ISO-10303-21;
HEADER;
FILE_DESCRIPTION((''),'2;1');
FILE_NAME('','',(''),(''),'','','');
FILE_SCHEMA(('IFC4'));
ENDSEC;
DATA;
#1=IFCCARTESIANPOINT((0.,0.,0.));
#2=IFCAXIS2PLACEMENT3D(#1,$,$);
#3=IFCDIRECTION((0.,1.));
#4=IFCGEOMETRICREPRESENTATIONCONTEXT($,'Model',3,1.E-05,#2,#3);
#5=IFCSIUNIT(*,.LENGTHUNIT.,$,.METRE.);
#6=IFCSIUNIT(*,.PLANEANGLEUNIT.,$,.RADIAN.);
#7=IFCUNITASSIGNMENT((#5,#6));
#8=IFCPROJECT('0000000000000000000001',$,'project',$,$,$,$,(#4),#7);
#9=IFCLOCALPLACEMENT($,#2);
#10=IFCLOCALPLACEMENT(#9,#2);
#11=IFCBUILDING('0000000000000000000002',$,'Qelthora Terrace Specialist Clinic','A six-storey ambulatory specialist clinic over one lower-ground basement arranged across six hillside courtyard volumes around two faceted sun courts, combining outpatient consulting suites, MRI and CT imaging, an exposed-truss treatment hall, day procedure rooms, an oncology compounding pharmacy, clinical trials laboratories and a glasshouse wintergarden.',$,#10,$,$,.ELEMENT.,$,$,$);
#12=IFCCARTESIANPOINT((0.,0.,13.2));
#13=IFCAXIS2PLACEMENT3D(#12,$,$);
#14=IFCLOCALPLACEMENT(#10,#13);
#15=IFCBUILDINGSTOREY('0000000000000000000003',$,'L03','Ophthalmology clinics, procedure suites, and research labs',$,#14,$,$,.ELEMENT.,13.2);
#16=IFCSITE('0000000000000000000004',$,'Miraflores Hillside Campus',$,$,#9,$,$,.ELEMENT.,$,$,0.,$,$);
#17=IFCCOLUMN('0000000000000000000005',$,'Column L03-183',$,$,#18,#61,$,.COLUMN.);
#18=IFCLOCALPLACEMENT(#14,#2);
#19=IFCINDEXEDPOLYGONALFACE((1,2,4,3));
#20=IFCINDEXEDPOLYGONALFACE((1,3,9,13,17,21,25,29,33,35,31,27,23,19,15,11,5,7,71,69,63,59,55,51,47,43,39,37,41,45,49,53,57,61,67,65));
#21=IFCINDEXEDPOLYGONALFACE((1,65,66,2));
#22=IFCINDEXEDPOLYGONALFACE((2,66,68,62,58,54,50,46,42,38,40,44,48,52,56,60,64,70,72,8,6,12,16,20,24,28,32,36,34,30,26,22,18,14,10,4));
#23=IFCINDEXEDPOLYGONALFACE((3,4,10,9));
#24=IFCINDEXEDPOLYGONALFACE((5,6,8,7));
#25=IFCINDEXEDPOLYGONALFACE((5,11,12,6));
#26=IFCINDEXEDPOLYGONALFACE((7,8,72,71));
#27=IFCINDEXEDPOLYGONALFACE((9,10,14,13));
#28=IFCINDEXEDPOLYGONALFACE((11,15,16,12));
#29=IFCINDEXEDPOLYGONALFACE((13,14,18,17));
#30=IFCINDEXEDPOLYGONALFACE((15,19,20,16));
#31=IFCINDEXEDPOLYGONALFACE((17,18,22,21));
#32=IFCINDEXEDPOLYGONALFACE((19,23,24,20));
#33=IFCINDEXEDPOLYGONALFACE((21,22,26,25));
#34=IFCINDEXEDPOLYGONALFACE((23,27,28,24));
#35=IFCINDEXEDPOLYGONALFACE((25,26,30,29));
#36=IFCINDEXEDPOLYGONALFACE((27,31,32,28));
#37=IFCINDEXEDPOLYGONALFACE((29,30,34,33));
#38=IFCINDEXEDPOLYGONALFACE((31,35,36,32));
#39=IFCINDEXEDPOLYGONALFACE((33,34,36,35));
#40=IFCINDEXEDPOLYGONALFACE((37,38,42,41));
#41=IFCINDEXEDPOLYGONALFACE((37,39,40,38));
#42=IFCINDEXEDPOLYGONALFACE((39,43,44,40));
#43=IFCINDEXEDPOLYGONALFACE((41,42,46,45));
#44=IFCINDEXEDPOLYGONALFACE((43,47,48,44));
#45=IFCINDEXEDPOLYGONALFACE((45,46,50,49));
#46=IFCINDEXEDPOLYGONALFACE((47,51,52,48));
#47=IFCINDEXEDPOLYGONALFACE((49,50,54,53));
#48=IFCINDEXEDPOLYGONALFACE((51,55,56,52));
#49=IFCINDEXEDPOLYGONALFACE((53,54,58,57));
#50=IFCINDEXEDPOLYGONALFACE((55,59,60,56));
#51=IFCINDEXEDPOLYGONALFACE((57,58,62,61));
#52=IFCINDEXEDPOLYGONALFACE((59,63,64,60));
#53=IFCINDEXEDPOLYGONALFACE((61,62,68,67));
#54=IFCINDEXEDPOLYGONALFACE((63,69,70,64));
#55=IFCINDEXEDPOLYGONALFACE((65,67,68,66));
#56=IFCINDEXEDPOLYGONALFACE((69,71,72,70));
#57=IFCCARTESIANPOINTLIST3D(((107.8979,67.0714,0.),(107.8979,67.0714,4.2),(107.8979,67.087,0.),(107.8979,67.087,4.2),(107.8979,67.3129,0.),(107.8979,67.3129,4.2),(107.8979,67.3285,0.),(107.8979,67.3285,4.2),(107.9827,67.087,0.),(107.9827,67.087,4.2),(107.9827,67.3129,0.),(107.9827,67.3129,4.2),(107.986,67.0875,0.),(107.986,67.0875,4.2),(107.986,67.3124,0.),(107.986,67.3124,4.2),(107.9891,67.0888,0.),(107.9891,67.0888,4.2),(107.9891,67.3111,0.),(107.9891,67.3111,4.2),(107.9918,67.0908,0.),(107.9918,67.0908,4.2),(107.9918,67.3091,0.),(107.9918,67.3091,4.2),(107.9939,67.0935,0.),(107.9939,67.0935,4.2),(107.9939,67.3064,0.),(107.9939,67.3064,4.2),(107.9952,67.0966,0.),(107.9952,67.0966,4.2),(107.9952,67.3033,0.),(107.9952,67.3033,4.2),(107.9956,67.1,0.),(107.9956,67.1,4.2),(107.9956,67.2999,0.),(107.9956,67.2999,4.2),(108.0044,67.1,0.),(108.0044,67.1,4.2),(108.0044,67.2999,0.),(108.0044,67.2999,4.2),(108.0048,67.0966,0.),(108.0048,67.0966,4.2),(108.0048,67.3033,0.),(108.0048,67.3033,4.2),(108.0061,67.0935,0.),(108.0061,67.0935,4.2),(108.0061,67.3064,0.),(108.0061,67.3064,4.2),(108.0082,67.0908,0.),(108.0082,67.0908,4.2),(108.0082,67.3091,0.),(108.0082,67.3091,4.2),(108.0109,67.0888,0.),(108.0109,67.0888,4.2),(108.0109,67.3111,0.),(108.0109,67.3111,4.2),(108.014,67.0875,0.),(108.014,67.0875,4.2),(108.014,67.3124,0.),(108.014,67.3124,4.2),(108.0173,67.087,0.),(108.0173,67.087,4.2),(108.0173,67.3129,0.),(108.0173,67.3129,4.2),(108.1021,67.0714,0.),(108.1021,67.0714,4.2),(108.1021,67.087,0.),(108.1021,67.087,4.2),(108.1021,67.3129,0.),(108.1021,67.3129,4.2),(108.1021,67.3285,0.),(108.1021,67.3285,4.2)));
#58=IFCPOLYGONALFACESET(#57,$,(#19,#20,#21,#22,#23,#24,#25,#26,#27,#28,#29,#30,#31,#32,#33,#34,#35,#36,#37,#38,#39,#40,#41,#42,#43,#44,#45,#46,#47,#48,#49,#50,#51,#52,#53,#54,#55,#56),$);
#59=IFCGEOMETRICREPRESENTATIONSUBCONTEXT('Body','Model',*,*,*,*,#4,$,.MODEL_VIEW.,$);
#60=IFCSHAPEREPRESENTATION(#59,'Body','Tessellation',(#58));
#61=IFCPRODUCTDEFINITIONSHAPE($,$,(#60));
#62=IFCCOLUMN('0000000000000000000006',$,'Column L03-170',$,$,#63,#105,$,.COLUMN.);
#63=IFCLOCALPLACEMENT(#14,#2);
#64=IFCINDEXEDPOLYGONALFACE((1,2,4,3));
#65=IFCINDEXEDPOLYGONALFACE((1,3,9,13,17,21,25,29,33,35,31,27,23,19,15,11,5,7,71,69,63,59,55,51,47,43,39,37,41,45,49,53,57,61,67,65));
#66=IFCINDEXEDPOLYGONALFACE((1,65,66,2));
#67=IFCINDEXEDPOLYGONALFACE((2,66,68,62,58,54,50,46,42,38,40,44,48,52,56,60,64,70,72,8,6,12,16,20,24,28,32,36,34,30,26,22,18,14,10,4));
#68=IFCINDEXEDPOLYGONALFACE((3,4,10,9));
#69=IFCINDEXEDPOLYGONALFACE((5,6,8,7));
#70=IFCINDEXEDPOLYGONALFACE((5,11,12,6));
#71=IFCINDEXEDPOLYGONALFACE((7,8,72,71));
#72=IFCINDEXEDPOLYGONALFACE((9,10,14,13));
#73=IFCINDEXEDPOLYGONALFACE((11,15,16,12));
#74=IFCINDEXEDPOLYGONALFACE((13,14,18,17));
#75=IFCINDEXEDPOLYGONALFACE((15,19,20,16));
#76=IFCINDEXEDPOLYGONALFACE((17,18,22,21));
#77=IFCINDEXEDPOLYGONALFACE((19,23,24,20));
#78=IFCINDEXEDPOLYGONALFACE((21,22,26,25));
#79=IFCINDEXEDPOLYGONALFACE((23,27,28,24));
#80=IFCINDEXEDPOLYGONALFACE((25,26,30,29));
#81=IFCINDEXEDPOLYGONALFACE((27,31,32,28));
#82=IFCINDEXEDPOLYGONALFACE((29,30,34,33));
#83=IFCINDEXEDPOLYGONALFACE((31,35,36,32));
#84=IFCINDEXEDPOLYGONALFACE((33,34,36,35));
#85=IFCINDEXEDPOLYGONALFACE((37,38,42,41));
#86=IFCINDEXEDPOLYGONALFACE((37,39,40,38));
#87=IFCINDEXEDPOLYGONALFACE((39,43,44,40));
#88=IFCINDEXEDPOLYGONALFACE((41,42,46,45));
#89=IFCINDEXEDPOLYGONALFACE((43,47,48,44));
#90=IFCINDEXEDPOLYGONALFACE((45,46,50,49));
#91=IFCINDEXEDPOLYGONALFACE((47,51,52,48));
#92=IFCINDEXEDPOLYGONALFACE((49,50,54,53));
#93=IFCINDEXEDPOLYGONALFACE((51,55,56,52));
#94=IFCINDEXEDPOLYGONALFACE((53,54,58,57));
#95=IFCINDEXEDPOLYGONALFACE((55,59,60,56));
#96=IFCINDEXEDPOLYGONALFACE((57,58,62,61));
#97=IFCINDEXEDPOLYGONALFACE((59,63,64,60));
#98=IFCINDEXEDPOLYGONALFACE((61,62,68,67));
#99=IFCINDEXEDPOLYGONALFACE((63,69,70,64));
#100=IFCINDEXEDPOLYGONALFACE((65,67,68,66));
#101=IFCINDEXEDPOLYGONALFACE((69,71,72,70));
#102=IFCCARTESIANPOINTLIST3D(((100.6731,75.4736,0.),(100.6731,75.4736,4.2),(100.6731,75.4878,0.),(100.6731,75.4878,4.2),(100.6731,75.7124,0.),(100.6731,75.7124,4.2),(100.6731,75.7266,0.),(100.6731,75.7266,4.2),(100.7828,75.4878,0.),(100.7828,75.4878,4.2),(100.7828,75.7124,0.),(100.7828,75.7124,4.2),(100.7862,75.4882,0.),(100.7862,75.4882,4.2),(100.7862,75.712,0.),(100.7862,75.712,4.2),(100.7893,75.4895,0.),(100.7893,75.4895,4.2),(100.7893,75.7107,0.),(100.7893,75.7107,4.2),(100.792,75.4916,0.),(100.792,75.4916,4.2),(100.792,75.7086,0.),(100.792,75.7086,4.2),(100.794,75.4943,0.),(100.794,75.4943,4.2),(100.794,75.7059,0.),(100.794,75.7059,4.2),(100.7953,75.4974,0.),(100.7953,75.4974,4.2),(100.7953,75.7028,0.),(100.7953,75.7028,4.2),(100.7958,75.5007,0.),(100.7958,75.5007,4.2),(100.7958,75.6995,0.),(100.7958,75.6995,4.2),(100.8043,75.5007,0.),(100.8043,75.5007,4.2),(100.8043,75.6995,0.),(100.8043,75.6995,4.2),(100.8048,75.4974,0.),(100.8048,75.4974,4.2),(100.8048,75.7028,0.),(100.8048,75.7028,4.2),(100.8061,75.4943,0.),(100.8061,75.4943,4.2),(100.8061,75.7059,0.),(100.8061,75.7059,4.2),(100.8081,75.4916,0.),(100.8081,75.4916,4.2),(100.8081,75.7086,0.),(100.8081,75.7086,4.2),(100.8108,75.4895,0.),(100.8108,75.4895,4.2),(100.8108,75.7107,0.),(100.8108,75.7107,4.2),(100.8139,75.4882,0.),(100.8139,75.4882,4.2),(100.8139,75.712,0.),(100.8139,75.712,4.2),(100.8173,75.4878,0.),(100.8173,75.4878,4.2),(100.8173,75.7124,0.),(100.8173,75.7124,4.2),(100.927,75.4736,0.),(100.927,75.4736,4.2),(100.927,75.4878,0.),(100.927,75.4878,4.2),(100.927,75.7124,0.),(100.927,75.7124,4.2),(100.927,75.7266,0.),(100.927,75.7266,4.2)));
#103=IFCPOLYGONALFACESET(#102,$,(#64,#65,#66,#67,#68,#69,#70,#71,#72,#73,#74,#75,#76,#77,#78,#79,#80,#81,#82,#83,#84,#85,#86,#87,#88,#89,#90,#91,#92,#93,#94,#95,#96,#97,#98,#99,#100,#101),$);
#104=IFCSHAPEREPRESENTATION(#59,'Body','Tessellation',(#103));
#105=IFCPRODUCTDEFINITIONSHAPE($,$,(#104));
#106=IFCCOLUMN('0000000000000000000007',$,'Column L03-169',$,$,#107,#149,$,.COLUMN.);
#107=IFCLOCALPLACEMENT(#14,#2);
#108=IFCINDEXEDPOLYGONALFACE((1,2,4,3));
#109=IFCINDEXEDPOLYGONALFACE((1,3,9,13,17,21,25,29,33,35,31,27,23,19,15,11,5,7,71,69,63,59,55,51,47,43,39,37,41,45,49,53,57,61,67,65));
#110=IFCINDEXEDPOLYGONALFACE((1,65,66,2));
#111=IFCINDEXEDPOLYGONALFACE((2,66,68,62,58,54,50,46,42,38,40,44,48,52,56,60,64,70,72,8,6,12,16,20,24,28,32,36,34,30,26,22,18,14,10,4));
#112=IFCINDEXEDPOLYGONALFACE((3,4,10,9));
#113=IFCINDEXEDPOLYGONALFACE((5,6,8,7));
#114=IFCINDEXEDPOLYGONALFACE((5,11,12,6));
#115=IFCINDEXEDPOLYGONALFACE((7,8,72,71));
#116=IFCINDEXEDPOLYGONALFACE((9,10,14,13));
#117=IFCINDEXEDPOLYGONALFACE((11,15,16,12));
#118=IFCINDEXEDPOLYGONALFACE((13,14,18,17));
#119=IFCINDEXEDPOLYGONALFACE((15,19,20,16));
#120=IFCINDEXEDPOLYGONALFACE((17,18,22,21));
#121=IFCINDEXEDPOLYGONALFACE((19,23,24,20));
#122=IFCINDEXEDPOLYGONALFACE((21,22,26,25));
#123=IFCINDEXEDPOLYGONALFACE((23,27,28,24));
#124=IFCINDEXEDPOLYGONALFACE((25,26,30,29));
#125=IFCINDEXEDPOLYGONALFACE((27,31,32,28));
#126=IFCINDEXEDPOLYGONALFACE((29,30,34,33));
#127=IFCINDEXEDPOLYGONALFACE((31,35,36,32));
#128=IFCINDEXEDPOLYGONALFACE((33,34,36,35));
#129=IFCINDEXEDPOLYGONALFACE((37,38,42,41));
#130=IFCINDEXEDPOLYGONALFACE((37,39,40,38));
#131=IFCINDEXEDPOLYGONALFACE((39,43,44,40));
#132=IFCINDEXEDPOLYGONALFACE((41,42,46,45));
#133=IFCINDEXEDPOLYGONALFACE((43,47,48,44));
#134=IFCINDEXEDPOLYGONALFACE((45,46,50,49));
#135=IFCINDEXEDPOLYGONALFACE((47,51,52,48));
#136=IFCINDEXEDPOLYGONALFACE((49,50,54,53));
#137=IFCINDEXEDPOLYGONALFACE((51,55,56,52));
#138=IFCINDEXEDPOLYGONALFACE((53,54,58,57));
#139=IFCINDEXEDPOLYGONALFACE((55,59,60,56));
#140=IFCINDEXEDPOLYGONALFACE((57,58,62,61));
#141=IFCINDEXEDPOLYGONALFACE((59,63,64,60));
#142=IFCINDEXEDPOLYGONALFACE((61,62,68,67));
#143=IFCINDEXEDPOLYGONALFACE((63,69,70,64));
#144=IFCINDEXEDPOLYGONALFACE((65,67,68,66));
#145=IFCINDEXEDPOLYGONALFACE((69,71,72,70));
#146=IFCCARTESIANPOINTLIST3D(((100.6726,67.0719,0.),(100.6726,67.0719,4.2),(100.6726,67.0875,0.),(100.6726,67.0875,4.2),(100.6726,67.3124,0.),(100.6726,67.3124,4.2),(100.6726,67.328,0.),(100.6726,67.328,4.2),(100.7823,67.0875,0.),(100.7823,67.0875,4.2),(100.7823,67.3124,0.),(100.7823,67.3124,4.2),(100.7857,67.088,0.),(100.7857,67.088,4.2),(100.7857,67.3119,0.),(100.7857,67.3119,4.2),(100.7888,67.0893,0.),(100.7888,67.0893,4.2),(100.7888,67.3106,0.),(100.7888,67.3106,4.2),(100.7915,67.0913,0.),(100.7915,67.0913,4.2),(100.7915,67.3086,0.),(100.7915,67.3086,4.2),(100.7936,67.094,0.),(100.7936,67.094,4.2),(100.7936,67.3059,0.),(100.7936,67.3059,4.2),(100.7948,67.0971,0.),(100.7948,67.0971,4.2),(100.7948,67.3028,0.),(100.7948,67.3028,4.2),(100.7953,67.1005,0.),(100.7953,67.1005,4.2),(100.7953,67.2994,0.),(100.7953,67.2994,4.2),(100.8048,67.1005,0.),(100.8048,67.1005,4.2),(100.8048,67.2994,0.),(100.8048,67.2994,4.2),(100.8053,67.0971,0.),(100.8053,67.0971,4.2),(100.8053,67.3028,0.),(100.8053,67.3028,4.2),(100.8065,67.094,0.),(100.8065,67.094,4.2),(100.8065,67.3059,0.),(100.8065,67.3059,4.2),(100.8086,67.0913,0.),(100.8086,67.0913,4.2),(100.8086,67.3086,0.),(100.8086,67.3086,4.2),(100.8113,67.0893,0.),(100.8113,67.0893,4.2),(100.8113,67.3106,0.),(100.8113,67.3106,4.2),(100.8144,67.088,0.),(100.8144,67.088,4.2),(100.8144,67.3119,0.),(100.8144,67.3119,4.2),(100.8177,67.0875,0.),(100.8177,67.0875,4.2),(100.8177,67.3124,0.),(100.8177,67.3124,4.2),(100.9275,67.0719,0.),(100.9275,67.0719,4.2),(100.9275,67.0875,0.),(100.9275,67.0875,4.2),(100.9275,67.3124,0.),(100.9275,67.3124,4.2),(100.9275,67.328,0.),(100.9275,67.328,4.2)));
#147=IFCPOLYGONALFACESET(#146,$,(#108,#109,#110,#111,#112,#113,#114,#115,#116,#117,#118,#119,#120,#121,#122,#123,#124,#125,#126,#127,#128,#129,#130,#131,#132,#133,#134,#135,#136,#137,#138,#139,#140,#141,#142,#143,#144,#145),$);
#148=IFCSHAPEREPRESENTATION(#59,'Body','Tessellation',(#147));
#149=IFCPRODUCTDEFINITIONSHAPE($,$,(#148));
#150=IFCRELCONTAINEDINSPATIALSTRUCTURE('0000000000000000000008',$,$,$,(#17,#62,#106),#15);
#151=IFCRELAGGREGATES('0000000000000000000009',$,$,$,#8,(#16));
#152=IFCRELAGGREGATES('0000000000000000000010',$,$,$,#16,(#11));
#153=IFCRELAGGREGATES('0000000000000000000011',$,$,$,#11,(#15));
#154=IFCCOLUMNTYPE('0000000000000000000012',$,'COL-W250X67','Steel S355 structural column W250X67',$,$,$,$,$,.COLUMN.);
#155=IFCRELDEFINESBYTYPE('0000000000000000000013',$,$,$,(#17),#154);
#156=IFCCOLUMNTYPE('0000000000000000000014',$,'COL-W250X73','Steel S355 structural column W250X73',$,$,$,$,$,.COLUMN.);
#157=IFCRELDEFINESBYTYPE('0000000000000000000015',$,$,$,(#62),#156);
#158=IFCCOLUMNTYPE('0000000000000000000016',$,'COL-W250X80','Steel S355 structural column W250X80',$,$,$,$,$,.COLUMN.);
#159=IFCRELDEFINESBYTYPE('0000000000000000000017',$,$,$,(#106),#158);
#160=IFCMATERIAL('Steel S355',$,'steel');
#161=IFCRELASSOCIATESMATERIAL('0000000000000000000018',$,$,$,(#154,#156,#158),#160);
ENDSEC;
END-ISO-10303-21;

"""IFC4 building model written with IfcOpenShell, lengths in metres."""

from ifc_helpers import new_model, si_unit, direction, frame, origin, origin_2d, place, context, subcontext, project, spatial, i_section, extrude, material, material_profile, profile_set, type_object, element, save


model = new_model("IFC4")

# Units and contexts
model_context = context("Model", 3, precision=1e-05, world=origin(), true_north=direction((0.0, 1.0)))
body_context = subcontext(model_context, "Body", "Model", "MODEL_VIEW")
ifc_project = project(units=[si_unit("LENGTHUNIT", "METRE"), si_unit("PLANEANGLEUNIT", "RADIAN")], contexts=[model_context])

# Site, building, storey
site_placement = place(None, origin())
site = spatial("IfcSite", under=ifc_project, at=site_placement, Name="Miraflores Hillside Campus", CompositionType="ELEMENT", RefElevation=0.0)
building_placement = place(site_placement, origin())
building = spatial("IfcBuilding", under=site, at=building_placement, Name="Qelthora Terrace Specialist Clinic", Description="A six-storey ambulatory specialist clinic over one lower-ground basement arranged across six hillside courtyard volumes around two faceted sun courts, combining outpatient consulting suites, MRI and CT imaging, an exposed-truss treatment hall, day procedure rooms, an oncology compounding pharmacy, clinical trials laboratories and a glasshouse wintergarden.", CompositionType="ELEMENT")
storey_placement = place(building_placement, frame((0.0, 0.0, 13.2)))
storey = spatial("IfcBuildingStorey", under=building, at=storey_placement, Name="L03", Description="Ophthalmology clinics, procedure suites, and research labs", CompositionType="ELEMENT", Elevation=13.2)

# Columns
ifc_material_1 = material(Name="Steel S355", Category="steel")
ifc_material_profile_1 = material_profile(ifc_material_1, i_section(OverallWidth=0.2041, OverallDepth=0.2571, WebThickness=0.0088, FlangeThickness=0.0156, FilletRadius=0.0129, at=origin_2d()), Name="W250X67")
ifc_profile_set_1 = profile_set([ifc_material_profile_1], Name="Steel S355")
column_type_1 = type_object("IfcColumnType", Name="COL-W250X67", Description="Steel S355 structural column W250X67", PredefinedType="COLUMN", material=ifc_profile_set_1)
column_1_placement = place(storey_placement, frame((108.0, 67.2, 0.0), z_axis=(0.0, 0.0, 1.0), x_axis=(1.0, 0.0, 0.0)))
element("IfcColumn", 1, at=column_1_placement, inside=storey, type_object=column_type_1, Name="Column L03-183", PredefinedType="COLUMN", context=body_context, shape_type="SweptSolid", body=[
    extrude(i_section(OverallWidth=0.2041, OverallDepth=0.2571, WebThickness=0.0088, FlangeThickness=0.0156, FilletRadius=0.0129, at=origin_2d()), origin(), (0.0, 0.0, 1.0), 4.2),
])
ifc_material_profile_2 = material_profile(ifc_material_1, i_section(OverallWidth=0.2539, OverallDepth=0.2529, WebThickness=0.0085, FlangeThickness=0.0142, FilletRadius=0.0129, at=origin_2d()), Name="W250X73")
ifc_profile_set_2 = profile_set([ifc_material_profile_2], Name="Steel S355")
column_type_2 = type_object("IfcColumnType", Name="COL-W250X73", Description="Steel S355 structural column W250X73", PredefinedType="COLUMN", material=ifc_profile_set_2)
column_2_placement = place(storey_placement, frame((100.8, 75.6001, 0.0), z_axis=(0.0, 0.0, 1.0), x_axis=(1.0, 0.0, 0.0)))
element("IfcColumn", 2, at=column_2_placement, inside=storey, type_object=column_type_2, Name="Column L03-170", PredefinedType="COLUMN", context=body_context, shape_type="SweptSolid", body=[
    extrude(i_section(OverallWidth=0.2539, OverallDepth=0.2529, WebThickness=0.0085, FlangeThickness=0.0142, FilletRadius=0.0129, at=origin_2d()), origin(), (0.0, 0.0, 1.0), 4.2),
])
ifc_material_profile_3 = material_profile(ifc_material_1, i_section(OverallWidth=0.2549, OverallDepth=0.2561, WebThickness=0.0095, FlangeThickness=0.0156, FilletRadius=0.0129, at=origin_2d()), Name="W250X80")
ifc_profile_set_3 = profile_set([ifc_material_profile_3], Name="Steel S355")
column_type_3 = type_object("IfcColumnType", Name="COL-W250X80", Description="Steel S355 structural column W250X80", PredefinedType="COLUMN", material=ifc_profile_set_3)
column_3_placement = place(storey_placement, frame((100.8, 67.2, 0.0), z_axis=(0.0, 0.0, 1.0), x_axis=(1.0, 0.0, 0.0)))
element("IfcColumn", 3, at=column_3_placement, inside=storey, type_object=column_type_3, Name="Column L03-169", PredefinedType="COLUMN", context=body_context, shape_type="SweptSolid", body=[
    extrude(i_section(OverallWidth=0.2549, OverallDepth=0.2561, WebThickness=0.0095, FlangeThickness=0.0156, FilletRadius=0.0129, at=origin_2d()), origin(), (0.0, 0.0, 1.0), 4.2),
])

save(model, "model.ifc")
